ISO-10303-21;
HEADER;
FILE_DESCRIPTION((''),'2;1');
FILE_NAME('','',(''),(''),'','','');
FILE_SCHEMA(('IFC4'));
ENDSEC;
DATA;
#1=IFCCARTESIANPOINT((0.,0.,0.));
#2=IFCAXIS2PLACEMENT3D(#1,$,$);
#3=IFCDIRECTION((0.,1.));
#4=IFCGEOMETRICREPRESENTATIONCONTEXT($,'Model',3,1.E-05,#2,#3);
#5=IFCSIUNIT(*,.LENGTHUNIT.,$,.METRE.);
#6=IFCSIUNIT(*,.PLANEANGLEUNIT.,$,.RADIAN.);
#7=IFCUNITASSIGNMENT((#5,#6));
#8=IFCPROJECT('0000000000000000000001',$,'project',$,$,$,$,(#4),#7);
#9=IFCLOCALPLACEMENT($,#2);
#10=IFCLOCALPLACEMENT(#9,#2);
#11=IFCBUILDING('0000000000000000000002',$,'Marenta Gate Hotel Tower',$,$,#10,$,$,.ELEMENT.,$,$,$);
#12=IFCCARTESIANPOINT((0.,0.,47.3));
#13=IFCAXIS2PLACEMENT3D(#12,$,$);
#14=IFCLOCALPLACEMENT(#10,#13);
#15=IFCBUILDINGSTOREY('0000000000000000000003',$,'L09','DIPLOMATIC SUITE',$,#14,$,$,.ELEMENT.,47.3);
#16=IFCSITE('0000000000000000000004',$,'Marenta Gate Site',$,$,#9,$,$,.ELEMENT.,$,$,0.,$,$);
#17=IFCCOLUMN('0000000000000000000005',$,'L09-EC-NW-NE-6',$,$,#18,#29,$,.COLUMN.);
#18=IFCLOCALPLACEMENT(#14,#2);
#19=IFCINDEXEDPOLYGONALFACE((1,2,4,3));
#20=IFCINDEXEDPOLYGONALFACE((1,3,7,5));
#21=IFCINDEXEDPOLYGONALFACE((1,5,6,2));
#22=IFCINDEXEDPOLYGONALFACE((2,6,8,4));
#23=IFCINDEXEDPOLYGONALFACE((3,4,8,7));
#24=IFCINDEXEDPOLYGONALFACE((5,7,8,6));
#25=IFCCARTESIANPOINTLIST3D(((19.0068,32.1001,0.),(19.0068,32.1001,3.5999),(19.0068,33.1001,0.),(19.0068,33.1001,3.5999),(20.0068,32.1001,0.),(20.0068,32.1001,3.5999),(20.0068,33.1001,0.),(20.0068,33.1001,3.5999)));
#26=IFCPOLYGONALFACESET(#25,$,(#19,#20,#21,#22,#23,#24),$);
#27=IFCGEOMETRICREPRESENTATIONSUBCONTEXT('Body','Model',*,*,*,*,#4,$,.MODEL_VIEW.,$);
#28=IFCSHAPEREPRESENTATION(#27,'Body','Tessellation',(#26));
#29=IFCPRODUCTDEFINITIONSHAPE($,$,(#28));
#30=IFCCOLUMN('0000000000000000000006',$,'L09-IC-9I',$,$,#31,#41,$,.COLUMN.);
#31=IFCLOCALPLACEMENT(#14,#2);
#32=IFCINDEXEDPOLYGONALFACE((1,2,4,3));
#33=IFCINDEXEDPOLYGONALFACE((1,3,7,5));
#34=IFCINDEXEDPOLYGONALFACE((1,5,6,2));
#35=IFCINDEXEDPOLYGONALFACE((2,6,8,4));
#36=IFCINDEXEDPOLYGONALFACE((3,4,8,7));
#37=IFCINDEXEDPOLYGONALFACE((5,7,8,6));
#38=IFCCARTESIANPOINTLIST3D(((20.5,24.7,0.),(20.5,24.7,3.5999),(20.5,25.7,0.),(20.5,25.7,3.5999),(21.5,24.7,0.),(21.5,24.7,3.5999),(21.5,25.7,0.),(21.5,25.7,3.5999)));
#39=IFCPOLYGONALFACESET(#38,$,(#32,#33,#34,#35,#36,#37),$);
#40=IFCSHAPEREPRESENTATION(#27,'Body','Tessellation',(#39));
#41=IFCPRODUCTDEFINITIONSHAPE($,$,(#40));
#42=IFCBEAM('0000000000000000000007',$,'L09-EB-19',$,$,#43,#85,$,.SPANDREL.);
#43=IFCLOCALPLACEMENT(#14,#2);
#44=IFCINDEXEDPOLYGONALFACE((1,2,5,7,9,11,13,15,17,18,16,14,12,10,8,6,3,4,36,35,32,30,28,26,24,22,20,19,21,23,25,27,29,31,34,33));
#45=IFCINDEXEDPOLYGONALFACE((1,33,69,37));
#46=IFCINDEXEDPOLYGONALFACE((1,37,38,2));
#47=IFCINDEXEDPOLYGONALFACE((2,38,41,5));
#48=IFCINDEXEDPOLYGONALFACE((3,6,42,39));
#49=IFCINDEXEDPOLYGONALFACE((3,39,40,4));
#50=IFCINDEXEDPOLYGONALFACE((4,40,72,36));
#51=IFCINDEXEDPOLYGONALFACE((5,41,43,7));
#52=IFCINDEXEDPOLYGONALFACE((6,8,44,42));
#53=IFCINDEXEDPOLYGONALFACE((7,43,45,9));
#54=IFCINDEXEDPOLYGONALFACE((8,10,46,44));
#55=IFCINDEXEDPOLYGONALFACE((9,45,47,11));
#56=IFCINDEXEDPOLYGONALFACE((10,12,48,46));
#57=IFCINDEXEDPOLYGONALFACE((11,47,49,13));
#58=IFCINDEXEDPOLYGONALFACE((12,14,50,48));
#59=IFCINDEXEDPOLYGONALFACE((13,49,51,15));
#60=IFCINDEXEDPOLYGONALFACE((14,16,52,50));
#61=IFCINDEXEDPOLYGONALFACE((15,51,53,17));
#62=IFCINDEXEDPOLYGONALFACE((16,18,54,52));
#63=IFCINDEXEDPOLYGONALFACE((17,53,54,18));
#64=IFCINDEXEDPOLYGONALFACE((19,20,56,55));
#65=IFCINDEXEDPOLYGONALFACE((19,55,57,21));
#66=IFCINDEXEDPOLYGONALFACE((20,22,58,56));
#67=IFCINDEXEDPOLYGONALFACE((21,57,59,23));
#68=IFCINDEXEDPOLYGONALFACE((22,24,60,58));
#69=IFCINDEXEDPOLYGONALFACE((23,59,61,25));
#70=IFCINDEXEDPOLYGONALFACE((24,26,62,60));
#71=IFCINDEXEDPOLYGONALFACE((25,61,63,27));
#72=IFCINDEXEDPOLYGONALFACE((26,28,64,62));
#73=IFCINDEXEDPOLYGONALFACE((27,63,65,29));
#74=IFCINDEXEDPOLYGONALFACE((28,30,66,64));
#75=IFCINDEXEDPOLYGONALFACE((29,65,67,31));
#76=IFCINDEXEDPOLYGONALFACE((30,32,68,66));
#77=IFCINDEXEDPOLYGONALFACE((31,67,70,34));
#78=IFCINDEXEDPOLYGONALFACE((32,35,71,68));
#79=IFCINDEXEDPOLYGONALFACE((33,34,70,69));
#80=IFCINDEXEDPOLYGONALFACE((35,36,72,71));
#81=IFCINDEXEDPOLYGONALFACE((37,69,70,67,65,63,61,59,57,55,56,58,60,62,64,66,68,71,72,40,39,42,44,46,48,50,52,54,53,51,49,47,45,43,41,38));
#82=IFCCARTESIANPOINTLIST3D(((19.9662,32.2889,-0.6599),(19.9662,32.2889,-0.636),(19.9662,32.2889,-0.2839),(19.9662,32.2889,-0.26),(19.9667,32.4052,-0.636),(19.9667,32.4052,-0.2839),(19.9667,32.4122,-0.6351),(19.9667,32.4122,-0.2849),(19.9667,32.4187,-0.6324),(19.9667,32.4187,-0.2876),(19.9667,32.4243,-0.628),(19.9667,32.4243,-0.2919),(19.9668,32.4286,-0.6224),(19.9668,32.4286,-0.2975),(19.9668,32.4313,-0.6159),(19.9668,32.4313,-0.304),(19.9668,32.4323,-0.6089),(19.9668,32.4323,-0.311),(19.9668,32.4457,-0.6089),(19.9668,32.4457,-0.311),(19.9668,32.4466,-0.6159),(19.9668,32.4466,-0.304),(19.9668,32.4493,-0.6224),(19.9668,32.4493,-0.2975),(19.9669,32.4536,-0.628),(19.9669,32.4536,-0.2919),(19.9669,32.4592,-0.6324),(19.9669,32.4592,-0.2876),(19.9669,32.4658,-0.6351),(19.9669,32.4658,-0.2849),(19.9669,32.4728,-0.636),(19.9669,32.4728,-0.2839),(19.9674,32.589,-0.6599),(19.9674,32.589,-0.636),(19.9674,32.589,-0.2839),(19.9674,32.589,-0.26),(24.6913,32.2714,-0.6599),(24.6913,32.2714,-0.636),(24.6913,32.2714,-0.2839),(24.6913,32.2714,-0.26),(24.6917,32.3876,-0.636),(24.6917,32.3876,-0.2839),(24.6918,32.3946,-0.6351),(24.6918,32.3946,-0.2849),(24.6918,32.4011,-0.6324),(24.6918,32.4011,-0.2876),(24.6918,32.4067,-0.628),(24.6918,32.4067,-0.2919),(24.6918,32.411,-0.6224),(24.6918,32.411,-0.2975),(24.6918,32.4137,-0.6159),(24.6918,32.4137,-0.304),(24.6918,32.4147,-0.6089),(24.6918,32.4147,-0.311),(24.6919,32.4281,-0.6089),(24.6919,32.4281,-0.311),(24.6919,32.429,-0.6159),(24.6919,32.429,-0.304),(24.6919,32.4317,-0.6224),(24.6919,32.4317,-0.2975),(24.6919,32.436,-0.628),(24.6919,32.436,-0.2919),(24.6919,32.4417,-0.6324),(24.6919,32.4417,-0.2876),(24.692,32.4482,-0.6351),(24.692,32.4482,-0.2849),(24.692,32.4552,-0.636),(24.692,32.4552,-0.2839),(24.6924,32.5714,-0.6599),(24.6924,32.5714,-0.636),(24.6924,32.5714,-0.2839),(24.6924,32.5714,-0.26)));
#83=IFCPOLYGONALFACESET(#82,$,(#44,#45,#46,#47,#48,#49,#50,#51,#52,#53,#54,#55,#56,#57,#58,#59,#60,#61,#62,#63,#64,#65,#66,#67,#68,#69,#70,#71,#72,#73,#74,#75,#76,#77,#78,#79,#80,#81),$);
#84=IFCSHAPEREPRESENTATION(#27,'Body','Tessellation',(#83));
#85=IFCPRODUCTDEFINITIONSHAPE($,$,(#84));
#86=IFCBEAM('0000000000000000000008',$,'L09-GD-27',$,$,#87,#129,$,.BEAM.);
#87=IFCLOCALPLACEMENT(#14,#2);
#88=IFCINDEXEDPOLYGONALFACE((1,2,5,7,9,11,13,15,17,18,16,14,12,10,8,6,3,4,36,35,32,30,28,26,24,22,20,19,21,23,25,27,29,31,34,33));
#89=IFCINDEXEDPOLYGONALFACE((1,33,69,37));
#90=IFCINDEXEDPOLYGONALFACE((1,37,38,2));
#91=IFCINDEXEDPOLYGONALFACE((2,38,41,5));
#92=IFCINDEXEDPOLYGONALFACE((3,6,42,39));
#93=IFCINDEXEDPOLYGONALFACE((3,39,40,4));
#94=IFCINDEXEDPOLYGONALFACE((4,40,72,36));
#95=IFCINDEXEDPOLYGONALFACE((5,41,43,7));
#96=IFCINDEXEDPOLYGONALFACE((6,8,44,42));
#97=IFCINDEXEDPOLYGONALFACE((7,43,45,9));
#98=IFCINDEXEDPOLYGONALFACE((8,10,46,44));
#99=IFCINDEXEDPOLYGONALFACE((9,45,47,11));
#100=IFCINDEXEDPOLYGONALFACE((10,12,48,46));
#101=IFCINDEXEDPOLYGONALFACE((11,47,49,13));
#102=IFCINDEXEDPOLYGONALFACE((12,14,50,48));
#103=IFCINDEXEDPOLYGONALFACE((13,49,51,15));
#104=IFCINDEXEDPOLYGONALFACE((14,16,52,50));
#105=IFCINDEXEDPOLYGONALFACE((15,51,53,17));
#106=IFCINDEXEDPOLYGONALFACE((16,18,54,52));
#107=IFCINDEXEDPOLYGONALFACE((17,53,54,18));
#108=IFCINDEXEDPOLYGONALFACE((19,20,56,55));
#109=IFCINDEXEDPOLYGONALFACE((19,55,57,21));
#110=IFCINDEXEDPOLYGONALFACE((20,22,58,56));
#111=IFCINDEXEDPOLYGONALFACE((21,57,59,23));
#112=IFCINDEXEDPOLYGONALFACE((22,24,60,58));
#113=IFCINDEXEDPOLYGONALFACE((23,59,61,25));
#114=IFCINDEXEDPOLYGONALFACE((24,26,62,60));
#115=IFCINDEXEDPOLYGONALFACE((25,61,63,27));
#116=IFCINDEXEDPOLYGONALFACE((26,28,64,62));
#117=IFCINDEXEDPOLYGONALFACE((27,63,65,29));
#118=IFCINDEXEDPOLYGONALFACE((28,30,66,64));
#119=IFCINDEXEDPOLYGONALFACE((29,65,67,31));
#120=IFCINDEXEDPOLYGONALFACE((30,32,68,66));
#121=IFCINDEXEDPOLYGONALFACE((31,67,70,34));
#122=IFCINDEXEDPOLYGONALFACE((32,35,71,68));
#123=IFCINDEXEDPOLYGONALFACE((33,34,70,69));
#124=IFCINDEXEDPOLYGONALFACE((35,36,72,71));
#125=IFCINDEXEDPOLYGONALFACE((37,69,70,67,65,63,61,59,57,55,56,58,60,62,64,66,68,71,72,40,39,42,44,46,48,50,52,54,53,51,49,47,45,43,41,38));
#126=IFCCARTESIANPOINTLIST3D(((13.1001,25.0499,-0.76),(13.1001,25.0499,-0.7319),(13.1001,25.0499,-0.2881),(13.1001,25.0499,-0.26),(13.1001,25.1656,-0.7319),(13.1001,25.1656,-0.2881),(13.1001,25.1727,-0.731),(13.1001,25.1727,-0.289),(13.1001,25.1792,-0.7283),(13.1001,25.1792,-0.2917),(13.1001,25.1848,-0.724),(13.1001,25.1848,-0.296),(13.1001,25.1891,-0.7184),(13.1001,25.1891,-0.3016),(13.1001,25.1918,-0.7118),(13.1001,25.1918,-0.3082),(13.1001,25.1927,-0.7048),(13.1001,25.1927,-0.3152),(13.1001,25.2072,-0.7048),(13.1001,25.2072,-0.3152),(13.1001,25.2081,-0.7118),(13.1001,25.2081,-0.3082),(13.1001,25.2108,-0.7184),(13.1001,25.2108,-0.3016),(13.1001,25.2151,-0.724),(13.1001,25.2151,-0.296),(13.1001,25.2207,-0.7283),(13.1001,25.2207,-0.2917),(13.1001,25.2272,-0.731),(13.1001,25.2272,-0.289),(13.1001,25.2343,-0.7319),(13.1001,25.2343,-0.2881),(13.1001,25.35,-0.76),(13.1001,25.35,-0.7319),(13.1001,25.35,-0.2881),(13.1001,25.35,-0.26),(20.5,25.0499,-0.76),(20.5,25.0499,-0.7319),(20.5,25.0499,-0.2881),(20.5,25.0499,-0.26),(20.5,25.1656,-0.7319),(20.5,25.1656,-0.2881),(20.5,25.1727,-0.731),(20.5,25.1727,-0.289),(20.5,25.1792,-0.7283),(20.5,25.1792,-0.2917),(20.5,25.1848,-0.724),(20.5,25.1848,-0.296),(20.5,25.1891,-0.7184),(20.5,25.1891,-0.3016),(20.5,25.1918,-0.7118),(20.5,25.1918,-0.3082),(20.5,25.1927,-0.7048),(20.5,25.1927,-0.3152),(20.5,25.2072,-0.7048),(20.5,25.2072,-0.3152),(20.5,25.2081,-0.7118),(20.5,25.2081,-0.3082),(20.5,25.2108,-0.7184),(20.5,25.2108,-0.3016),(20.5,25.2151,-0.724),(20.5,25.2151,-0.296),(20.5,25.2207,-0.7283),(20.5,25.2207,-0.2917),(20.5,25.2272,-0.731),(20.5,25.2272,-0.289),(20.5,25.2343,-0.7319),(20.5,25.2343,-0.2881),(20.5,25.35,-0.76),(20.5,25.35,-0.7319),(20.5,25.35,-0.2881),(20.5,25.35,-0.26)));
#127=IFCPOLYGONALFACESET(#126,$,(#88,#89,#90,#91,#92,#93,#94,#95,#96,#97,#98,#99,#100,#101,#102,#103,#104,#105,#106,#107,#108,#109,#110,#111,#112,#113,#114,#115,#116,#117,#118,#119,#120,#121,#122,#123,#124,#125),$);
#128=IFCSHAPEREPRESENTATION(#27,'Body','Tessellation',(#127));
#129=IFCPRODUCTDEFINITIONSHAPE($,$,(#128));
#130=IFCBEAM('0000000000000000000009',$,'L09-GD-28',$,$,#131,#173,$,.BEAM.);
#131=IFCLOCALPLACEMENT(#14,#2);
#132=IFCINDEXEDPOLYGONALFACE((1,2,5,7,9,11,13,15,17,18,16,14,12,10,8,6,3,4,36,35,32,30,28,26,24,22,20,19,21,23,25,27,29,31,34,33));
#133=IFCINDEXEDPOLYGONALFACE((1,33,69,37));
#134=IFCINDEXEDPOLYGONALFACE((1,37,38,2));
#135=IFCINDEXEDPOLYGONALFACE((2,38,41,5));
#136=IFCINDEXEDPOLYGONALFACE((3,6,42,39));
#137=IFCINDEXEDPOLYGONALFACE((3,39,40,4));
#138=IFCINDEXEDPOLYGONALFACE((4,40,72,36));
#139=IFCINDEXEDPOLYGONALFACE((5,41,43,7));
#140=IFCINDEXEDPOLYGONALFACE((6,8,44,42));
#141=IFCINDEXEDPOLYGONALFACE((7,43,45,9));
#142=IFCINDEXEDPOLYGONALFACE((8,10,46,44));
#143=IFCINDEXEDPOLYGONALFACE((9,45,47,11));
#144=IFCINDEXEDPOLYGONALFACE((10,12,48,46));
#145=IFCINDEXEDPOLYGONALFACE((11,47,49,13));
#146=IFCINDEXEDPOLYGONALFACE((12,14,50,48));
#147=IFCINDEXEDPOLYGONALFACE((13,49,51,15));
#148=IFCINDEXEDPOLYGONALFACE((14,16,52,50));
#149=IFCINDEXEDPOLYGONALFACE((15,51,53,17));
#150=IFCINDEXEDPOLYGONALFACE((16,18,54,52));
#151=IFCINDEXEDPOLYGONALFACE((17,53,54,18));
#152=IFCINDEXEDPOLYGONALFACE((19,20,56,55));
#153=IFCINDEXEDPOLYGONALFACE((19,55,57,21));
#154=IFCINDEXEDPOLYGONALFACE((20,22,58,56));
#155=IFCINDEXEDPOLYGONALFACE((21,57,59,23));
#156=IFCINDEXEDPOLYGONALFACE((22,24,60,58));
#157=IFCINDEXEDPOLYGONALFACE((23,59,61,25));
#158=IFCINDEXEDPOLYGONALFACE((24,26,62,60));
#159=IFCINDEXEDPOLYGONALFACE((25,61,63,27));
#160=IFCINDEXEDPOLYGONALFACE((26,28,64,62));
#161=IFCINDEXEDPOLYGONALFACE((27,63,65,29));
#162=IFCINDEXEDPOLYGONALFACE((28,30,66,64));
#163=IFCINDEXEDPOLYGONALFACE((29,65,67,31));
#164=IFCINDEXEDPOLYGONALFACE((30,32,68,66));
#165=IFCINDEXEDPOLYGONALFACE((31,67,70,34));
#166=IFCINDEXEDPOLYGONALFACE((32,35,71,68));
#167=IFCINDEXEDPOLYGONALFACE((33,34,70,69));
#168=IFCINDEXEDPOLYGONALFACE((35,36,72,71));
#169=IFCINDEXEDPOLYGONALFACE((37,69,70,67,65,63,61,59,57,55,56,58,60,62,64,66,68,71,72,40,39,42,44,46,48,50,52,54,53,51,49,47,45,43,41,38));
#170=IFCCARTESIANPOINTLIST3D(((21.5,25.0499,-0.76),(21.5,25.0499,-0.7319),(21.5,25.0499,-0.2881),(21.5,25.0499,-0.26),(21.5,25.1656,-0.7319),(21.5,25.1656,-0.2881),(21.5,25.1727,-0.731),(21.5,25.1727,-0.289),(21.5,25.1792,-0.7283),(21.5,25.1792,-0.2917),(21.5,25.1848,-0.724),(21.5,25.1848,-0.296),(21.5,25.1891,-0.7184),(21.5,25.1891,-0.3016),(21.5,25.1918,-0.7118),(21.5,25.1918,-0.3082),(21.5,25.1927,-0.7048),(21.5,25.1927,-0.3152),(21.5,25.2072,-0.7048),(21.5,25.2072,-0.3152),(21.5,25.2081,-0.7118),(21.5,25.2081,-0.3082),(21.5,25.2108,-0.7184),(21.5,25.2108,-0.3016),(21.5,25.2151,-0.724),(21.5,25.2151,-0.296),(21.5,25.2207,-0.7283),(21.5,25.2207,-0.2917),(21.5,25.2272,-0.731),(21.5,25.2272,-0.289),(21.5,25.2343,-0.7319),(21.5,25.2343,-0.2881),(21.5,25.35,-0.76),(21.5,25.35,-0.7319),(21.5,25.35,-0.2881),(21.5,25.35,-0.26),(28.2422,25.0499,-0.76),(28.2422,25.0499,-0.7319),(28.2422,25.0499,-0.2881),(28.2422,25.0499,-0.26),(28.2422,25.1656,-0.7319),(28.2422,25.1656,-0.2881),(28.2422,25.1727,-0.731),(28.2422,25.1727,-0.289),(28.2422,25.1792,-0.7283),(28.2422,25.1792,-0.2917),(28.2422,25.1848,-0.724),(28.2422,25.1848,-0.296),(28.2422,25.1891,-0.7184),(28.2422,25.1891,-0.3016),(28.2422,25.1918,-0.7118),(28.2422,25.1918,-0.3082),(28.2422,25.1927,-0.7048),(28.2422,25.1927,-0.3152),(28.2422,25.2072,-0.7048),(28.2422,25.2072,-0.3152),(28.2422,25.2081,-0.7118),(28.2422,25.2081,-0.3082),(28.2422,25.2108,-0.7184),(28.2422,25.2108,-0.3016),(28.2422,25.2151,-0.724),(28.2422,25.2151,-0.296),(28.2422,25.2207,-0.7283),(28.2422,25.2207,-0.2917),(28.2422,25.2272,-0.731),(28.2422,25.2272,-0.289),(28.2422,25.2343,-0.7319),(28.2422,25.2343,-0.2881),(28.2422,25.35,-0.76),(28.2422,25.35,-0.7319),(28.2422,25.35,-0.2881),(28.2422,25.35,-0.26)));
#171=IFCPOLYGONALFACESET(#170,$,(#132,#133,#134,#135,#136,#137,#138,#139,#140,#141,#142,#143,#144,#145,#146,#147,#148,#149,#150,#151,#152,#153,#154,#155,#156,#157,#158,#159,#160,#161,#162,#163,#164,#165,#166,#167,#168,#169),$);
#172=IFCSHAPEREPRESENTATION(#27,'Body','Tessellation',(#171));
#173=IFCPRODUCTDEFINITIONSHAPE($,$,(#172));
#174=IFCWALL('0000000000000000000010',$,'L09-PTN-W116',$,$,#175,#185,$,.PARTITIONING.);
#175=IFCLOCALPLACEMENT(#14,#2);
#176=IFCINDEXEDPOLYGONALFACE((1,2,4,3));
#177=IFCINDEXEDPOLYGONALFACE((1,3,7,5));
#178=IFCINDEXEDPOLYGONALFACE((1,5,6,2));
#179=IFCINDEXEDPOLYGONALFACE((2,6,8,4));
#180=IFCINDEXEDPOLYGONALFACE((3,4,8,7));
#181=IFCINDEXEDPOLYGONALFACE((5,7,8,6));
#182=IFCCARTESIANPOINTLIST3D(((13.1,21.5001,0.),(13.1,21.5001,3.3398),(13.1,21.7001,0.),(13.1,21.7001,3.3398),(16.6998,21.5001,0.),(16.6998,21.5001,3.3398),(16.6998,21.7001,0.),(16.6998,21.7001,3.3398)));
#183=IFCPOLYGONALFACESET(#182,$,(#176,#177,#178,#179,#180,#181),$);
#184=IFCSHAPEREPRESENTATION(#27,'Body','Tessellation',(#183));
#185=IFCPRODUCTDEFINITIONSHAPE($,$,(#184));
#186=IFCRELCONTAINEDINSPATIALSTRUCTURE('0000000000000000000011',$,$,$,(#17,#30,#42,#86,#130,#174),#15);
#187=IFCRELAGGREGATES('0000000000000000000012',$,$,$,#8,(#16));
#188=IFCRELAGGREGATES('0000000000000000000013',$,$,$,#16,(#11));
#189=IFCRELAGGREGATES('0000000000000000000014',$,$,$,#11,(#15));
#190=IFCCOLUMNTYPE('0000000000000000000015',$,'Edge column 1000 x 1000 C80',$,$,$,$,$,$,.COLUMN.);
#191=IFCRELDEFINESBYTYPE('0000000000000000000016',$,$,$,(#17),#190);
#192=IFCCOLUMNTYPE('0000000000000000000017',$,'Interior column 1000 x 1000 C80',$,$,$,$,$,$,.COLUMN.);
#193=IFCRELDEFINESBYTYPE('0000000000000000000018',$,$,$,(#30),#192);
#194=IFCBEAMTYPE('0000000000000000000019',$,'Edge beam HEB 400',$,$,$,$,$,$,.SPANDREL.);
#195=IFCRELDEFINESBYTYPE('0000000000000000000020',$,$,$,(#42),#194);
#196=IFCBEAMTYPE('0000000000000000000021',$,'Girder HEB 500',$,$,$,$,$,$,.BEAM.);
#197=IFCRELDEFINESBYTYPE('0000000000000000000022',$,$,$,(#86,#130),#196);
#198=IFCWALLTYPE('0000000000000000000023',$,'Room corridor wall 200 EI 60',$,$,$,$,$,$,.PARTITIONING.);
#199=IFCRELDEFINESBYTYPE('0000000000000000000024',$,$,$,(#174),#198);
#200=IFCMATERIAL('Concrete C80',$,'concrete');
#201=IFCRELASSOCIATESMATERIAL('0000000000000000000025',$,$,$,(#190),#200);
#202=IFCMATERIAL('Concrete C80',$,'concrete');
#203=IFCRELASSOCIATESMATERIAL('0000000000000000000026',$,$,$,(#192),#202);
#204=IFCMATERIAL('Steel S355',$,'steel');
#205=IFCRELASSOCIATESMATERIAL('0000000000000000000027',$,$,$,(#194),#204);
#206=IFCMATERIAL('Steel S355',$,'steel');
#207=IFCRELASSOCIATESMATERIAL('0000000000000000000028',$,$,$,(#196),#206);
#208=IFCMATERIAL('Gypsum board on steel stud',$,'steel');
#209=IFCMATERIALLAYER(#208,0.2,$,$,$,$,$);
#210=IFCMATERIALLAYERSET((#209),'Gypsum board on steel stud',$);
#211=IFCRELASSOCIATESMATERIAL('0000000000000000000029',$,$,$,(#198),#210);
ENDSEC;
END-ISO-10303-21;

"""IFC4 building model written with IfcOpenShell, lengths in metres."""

from ifc_helpers import new_model, si_unit, direction, frame, frame_2d, origin, origin_2d, place, context, subcontext, project, spatial, rectangle, i_section, extrude, material, layer, layer_set, material_profile, profile_set, type_object, element, save


model = new_model("IFC4")

# Units and contexts
model_context = context("Model", 3, precision=1e-05, world=origin(), true_north=direction((0.0, 1.0)))
body_context = subcontext(model_context, "Body", "Model", "MODEL_VIEW")
ifc_project = project(units=[si_unit("LENGTHUNIT", "METRE"), si_unit("PLANEANGLEUNIT", "RADIAN")], contexts=[model_context])

# Site, building, storey
site_placement = place(None, origin())
site = spatial("IfcSite", under=ifc_project, at=site_placement, Name="Marenta Gate Site", CompositionType="ELEMENT", RefElevation=0.0)
building_placement = place(site_placement, origin())
building = spatial("IfcBuilding", under=site, at=building_placement, Name="Marenta Gate Hotel Tower", CompositionType="ELEMENT")
storey_placement = place(building_placement, frame((0.0, 0.0, 47.3)))
storey = spatial("IfcBuildingStorey", under=building, at=storey_placement, Name="L09", Description="DIPLOMATIC SUITE", CompositionType="ELEMENT", Elevation=47.3)

# Columns
ifc_material_1 = material(Name="Concrete C80", Category="concrete")
ifc_material_profile_1 = material_profile(ifc_material_1, rectangle(XDim=1.0, YDim=1.0, at=origin_2d()), Name="1000 x 1000")
ifc_profile_set_1 = profile_set([ifc_material_profile_1], Name="Concrete C80")
column_type_1 = type_object("IfcColumnType", Name="Edge column 1000 x 1000 C80", PredefinedType="COLUMN", material=ifc_profile_set_1)
column_1_placement = place(storey_placement, frame((19.5068, 32.6001, 0.0), z_axis=(0.0, 0.0, 1.0), x_axis=(1.0, 0.0, 0.0)))
element("IfcColumn", 1, at=column_1_placement, inside=storey, type_object=column_type_1, Name="L09-EC-NW-NE-6", PredefinedType="COLUMN", context=body_context, shape_type="SweptSolid", body=[
    extrude(rectangle(XDim=1.0, YDim=1.0, at=origin_2d()), origin(), (0.0, 0.0, 1.0), 3.5999),
])
ifc_material_2 = material(Name="Concrete C80", Category="concrete")
ifc_material_profile_2 = material_profile(ifc_material_2, rectangle(XDim=1.0, YDim=1.0, at=origin_2d()), Name="1000 x 1000")
ifc_profile_set_2 = profile_set([ifc_material_profile_2], Name="Concrete C80")
column_type_2 = type_object("IfcColumnType", Name="Interior column 1000 x 1000 C80", PredefinedType="COLUMN", material=ifc_profile_set_2)
column_2_placement = place(storey_placement, frame((21.0, 25.2, 0.0), z_axis=(0.0, 0.0, 1.0), x_axis=(1.0, 0.0, 0.0)))
element("IfcColumn", 2, at=column_2_placement, inside=storey, type_object=column_type_2, Name="L09-IC-9I", PredefinedType="COLUMN", context=body_context, shape_type="SweptSolid", body=[
    extrude(rectangle(XDim=1.0, YDim=1.0, at=origin_2d()), origin(), (0.0, 0.0, 1.0), 3.5999),
])

# Beams
ifc_material_3 = material(Name="Steel S355", Category="steel")
ifc_material_profile_3 = material_profile(ifc_material_3, i_section(OverallWidth=0.3, OverallDepth=0.3999, WebThickness=0.0134, FlangeThickness=0.0239, FilletRadius=0.0271, at=origin_2d()), Name="HEB 400")
ifc_profile_set_3 = profile_set([ifc_material_profile_3], Name="Steel S355")
beam_type_1 = type_object("IfcBeamType", Name="Edge beam HEB 400", PredefinedType="SPANDREL", material=ifc_profile_set_3)
beam_1_placement = place(storey_placement, frame((19.9668, 32.439, -0.46), z_axis=(0.999993, -0.00372, 0.0), x_axis=(0.00372, 0.999993, 0.0)))
element("IfcBeam", 3, at=beam_1_placement, inside=storey, type_object=beam_type_1, Name="L09-EB-19", PredefinedType="SPANDREL", context=body_context, shape_type="SweptSolid", body=[
    extrude(i_section(OverallWidth=0.3, OverallDepth=0.3999, WebThickness=0.0134, FlangeThickness=0.0239, FilletRadius=0.0271, at=origin_2d()), origin(), (0.0, 0.0, 1.0), 4.7251),
])
ifc_material_4 = material(Name="Steel S355", Category="steel")
ifc_material_profile_4 = material_profile(ifc_material_4, i_section(OverallWidth=0.3, OverallDepth=0.5, WebThickness=0.0144, FlangeThickness=0.0281, FilletRadius=0.0271, at=origin_2d()), Name="HEB 500")
ifc_profile_set_4 = profile_set([ifc_material_profile_4], Name="Steel S355")
beam_type_2 = type_object("IfcBeamType", Name="Girder HEB 500", PredefinedType="BEAM", material=ifc_profile_set_4)
beam_2_placement = place(storey_placement, frame((13.1001, 25.2, -0.51), z_axis=(1.0, 0.0, 0.0), x_axis=(0.0, 1.0, 0.0)))
element("IfcBeam", 4, at=beam_2_placement, inside=storey, type_object=beam_type_2, Name="L09-GD-27", PredefinedType="BEAM", context=body_context, shape_type="SweptSolid", body=[
    extrude(i_section(OverallWidth=0.3, OverallDepth=0.5, WebThickness=0.0144, FlangeThickness=0.0281, FilletRadius=0.0271, at=origin_2d()), origin(), (0.0, 0.0, 1.0), 7.3999),
])
beam_3_placement = place(storey_placement, frame((21.5, 25.2, -0.51), z_axis=(1.0, 0.0, 0.0), x_axis=(0.0, 1.0, 0.0)))
element("IfcBeam", 5, at=beam_3_placement, inside=storey, type_object=beam_type_2, Name="L09-GD-28", PredefinedType="BEAM", context=body_context, shape_type="SweptSolid", body=[
    extrude(i_section(OverallWidth=0.3, OverallDepth=0.5, WebThickness=0.0144, FlangeThickness=0.0281, FilletRadius=0.0271, at=origin_2d()), origin(), (0.0, 0.0, 1.0), 6.7422),
])

# Wall
ifc_material_5 = material(Name="Gypsum board on steel stud", Category="steel")
ifc_layer_1 = layer(ifc_material_5, 0.2)
ifc_layer_set_1 = layer_set([ifc_layer_1], Name="Gypsum board on steel stud")
wall_type_1 = type_object("IfcWallType", Name="Room corridor wall 200 EI 60", PredefinedType="PARTITIONING", material=ifc_layer_set_1)
wall_1_placement = place(storey_placement, frame((13.1001, 21.6001, 0.0), z_axis=(0.0, 0.0, 1.0), x_axis=(1.0, 0.0, 0.0)))
element("IfcWall", 6, at=wall_1_placement, inside=storey, type_object=wall_type_1, Name="L09-PTN-W116", PredefinedType="PARTITIONING", context=body_context, shape_type="SweptSolid", body=[
    extrude(rectangle(XDim=3.5999, YDim=0.2, at=frame_2d((1.7998, 0.0))), origin(), (0.0, 0.0, 1.0), 3.3398),
])

save(model, "model.ifc")
